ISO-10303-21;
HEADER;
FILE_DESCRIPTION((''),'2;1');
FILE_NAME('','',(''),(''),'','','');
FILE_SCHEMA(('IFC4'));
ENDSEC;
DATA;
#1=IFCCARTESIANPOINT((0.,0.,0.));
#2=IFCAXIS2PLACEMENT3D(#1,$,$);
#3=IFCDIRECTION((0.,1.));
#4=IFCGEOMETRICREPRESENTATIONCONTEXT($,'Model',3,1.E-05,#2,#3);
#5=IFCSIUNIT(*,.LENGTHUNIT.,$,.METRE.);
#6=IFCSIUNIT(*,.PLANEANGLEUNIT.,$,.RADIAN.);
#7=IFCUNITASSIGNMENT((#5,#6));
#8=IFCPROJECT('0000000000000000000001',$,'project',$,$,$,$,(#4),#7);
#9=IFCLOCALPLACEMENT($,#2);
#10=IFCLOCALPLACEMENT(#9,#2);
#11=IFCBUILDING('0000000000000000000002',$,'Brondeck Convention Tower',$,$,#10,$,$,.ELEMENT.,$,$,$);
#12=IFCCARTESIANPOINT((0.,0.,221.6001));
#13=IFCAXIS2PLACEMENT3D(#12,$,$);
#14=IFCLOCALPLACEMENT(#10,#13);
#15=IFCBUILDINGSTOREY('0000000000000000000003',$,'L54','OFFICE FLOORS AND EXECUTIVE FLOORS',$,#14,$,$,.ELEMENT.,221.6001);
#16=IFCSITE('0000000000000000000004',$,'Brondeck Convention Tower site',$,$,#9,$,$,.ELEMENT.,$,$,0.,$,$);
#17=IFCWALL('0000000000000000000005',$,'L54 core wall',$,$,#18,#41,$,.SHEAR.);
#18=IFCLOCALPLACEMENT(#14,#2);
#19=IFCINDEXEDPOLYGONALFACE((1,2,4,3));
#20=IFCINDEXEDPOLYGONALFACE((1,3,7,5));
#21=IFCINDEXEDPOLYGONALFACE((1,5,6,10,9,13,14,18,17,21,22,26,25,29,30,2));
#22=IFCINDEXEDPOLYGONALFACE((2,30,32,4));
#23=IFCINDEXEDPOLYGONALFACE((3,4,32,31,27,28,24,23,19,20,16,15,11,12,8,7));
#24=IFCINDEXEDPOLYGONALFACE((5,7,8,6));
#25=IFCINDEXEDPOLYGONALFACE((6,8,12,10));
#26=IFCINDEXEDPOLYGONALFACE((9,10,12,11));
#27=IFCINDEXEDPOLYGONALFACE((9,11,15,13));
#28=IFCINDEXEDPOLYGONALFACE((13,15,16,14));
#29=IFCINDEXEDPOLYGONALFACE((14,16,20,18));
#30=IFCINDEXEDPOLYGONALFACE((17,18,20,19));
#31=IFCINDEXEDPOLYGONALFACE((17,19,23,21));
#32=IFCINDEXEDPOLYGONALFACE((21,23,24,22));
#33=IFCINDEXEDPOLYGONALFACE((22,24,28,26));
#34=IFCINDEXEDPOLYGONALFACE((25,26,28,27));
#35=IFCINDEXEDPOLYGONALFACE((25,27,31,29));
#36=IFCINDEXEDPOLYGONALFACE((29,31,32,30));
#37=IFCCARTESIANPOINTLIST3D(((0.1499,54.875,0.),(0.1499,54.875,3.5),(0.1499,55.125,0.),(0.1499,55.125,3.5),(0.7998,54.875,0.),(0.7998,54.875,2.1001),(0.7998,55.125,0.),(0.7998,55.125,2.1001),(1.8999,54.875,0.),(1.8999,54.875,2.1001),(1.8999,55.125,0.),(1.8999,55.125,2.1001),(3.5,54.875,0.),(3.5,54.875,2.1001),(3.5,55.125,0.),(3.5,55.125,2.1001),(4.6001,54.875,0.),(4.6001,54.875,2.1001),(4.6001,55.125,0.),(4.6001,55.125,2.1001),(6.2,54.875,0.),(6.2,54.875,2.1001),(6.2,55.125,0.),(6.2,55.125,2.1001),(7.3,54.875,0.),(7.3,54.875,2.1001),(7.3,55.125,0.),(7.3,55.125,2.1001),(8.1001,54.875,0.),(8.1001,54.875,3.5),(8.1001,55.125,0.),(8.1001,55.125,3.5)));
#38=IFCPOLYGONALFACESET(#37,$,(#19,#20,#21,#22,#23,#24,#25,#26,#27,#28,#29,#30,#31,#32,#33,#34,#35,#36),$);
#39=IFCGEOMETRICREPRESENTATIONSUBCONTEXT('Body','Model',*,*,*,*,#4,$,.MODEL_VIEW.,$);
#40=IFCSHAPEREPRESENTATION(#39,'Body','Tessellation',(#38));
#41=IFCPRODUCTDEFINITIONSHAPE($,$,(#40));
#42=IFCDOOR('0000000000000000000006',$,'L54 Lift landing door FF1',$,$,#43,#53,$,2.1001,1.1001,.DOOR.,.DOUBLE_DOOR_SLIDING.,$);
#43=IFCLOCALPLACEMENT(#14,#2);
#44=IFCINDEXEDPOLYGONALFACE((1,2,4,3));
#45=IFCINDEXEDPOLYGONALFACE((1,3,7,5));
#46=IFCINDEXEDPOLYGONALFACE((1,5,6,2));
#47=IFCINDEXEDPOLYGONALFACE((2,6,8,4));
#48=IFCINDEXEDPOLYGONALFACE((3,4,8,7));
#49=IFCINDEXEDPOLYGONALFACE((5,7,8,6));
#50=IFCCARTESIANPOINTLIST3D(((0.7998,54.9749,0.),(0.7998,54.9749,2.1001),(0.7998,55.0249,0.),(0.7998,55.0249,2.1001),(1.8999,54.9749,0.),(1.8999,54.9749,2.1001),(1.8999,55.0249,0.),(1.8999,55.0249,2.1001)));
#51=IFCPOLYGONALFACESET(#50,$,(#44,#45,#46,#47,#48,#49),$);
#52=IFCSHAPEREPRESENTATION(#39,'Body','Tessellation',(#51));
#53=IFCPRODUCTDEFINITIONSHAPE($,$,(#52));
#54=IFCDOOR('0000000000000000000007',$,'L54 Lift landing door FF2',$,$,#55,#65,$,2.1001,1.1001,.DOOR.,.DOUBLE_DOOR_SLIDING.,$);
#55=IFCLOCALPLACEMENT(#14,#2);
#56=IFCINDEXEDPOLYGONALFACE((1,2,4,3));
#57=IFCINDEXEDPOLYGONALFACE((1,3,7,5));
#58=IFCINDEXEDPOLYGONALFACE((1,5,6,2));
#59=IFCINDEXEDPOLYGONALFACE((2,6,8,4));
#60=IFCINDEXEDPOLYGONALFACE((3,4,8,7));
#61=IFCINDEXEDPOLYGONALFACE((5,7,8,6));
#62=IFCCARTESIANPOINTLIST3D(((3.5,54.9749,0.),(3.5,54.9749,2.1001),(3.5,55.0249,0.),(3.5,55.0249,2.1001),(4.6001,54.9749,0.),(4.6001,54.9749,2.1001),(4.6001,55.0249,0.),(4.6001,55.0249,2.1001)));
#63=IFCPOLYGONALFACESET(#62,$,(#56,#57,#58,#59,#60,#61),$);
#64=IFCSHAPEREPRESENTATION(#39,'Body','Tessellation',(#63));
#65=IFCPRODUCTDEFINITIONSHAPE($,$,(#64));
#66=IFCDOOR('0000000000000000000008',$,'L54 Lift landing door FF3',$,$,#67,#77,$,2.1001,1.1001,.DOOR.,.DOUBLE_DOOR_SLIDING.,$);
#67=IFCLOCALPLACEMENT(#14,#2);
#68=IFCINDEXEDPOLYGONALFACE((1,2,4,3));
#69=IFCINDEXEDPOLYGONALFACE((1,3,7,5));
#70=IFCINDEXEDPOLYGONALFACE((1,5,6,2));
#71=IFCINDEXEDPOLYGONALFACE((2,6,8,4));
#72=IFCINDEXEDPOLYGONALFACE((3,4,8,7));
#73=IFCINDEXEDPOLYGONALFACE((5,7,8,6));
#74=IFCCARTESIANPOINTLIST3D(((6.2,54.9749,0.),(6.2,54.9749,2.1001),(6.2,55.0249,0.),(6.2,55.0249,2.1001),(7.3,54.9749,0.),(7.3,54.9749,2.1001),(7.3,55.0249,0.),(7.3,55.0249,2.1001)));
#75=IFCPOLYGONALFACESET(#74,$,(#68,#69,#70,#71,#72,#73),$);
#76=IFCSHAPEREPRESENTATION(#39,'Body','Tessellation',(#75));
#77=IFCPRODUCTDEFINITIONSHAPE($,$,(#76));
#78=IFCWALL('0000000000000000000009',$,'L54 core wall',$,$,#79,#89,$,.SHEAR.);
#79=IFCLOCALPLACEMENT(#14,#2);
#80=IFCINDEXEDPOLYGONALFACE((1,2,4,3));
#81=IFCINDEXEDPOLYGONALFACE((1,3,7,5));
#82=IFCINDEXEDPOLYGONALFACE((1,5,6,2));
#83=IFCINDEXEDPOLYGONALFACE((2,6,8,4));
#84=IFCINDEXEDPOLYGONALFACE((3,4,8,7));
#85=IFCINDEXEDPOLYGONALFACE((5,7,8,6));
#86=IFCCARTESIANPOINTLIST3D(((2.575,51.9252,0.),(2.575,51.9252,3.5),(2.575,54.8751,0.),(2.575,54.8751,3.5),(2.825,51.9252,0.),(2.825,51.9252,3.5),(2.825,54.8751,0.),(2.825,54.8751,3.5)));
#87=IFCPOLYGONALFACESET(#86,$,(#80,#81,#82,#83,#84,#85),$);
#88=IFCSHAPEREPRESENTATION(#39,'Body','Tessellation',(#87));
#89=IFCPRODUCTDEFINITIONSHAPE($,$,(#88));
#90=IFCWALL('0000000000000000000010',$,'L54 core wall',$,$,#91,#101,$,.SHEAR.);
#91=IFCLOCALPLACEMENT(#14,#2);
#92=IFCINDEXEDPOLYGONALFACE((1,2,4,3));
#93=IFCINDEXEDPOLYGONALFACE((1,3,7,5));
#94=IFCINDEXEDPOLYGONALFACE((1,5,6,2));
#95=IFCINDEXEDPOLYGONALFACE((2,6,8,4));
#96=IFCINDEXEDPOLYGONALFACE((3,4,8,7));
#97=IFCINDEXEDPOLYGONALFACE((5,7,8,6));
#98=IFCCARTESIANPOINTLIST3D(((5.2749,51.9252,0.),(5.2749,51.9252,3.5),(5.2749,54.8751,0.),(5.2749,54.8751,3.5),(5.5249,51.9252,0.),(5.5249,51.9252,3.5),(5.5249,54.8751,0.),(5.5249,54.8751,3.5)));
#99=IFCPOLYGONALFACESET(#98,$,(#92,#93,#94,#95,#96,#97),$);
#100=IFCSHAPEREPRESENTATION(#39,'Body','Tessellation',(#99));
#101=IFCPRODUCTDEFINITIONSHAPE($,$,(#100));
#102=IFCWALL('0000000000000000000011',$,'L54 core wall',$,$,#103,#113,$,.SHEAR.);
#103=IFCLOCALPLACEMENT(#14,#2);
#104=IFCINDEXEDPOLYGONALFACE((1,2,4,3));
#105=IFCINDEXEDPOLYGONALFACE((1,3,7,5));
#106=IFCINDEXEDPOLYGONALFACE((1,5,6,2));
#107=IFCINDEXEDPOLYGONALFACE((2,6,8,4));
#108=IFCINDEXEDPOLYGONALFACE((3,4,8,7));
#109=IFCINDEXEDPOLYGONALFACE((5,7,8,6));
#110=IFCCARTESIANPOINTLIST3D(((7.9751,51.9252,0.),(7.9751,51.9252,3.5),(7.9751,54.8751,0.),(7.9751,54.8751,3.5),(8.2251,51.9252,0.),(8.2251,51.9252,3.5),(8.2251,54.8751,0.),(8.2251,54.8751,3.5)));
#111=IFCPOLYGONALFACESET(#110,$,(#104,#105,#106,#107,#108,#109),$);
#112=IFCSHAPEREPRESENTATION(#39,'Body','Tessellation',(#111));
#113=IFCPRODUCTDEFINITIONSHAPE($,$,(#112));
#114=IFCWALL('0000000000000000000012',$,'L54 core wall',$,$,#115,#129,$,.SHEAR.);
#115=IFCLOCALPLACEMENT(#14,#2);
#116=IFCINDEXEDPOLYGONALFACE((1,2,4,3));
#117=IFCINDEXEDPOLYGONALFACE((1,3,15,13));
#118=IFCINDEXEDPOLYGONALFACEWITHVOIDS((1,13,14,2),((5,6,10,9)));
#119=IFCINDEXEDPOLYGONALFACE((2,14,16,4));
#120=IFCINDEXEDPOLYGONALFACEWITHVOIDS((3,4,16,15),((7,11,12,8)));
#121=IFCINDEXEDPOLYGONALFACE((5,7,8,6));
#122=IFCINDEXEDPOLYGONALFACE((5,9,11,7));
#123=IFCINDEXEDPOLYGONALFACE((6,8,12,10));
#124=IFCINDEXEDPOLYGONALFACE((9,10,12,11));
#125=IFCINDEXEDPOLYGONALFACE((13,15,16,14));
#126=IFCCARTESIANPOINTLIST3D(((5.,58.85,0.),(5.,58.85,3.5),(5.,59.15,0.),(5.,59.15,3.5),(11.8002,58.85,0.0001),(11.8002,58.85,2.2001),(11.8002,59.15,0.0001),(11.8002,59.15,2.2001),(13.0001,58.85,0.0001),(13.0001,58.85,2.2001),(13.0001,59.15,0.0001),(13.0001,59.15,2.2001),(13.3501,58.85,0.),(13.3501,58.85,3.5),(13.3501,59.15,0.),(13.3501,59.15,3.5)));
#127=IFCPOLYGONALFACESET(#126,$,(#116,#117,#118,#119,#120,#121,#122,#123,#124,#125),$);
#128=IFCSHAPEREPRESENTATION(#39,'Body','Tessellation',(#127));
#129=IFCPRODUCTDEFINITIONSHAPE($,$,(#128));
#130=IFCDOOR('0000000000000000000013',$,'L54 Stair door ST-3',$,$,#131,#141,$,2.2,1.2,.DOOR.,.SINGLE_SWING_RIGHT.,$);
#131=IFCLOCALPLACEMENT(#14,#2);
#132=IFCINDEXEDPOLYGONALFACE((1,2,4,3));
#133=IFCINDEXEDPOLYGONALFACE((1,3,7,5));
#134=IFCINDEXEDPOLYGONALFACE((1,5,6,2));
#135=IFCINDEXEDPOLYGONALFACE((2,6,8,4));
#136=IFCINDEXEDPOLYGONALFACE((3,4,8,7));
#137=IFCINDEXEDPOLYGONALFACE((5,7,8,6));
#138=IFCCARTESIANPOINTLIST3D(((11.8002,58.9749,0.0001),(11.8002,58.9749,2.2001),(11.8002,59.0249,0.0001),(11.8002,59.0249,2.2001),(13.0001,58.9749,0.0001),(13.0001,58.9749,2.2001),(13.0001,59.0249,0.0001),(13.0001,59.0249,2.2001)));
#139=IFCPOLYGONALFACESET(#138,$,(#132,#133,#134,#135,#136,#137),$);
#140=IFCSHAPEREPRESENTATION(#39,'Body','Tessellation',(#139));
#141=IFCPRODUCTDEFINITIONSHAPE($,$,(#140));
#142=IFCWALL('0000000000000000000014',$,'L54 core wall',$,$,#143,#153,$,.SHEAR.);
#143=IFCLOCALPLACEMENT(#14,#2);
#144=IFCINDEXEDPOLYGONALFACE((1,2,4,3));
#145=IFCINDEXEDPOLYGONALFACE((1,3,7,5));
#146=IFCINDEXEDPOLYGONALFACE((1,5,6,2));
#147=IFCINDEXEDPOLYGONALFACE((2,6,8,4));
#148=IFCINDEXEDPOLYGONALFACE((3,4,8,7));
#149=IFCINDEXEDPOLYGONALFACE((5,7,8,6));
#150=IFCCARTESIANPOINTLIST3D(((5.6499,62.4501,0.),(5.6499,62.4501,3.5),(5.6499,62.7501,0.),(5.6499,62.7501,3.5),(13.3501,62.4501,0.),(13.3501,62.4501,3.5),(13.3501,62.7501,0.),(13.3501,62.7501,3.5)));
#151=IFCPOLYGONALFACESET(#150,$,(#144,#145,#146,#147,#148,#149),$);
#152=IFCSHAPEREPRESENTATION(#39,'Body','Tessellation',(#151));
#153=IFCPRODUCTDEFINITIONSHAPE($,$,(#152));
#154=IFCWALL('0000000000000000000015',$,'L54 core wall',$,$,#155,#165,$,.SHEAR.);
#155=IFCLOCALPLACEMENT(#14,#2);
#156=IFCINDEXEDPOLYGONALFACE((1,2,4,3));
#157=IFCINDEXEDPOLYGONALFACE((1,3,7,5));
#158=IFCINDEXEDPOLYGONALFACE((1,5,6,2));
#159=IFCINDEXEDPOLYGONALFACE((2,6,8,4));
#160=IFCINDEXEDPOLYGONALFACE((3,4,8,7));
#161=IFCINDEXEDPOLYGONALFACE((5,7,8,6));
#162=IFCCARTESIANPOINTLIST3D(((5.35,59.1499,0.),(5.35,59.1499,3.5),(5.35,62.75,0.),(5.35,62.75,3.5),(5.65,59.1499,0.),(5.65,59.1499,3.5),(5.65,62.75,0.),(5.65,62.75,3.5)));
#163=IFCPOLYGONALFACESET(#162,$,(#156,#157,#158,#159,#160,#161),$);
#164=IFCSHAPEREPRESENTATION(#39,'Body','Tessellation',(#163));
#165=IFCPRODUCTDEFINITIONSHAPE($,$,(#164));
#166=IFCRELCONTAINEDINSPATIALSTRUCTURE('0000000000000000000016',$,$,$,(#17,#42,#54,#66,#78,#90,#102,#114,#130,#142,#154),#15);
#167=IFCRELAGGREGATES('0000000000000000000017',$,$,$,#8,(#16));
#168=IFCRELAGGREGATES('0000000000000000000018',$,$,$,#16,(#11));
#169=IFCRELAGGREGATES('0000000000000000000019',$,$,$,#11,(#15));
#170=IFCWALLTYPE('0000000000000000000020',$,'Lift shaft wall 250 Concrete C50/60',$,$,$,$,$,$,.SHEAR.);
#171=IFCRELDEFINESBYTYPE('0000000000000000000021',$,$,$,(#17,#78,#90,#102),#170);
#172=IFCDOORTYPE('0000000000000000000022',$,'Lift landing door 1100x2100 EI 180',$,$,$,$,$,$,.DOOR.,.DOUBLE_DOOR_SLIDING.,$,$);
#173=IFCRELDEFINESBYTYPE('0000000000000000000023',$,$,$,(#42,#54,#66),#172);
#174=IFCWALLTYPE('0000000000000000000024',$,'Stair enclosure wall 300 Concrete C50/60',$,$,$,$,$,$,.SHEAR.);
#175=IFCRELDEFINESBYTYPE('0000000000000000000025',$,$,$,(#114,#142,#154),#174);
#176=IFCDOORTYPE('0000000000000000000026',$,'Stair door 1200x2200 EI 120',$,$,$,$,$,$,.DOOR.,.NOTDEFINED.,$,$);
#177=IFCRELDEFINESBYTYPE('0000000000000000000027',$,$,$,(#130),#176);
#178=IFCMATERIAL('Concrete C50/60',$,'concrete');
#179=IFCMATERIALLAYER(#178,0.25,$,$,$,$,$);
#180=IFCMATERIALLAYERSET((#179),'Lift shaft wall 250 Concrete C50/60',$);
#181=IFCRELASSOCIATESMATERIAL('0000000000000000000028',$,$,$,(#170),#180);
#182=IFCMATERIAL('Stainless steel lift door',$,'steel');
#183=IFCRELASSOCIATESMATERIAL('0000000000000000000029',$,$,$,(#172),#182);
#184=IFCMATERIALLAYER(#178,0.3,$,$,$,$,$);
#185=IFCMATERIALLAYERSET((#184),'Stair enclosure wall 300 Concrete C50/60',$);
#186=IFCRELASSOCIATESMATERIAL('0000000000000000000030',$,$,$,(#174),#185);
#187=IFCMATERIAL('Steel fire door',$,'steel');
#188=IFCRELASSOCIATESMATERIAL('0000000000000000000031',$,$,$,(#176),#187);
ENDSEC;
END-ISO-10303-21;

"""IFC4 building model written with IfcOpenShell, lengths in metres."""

from ifc_helpers import new_model, si_unit, direction, frame, frame_2d, origin, place, context, subcontext, project, spatial, rectangle, extrude, material, layer, layer_set, type_object, element, fill, save


model = new_model("IFC4")

# Units and contexts
model_context = context("Model", 3, precision=1e-05, world=origin(), true_north=direction((0.0, 1.0)))
body_context = subcontext(model_context, "Body", "Model", "MODEL_VIEW")
ifc_project = project(units=[si_unit("LENGTHUNIT", "METRE"), si_unit("PLANEANGLEUNIT", "RADIAN")], contexts=[model_context])

# Site, building, storey
site_placement = place(None, origin())
site = spatial("IfcSite", under=ifc_project, at=site_placement, Name="Brondeck Convention Tower site", CompositionType="ELEMENT", RefElevation=0.0)
building_placement = place(site_placement, origin())
building = spatial("IfcBuilding", under=site, at=building_placement, Name="Brondeck Convention Tower", CompositionType="ELEMENT")
storey_placement = place(building_placement, frame((0.0, 0.0, 221.6001)))
storey = spatial("IfcBuildingStorey", under=building, at=storey_placement, Name="L54", Description="OFFICE FLOORS AND EXECUTIVE FLOORS", CompositionType="ELEMENT", Elevation=221.6001)

# Shared definitions
ifc_material_1 = material(Name="Concrete C50/60", Category="concrete")

# Shared definitions
ifc_material_2 = material(Name="Steel fire door", Category="steel")

# Wall, openings, doors
ifc_layer_1 = layer(ifc_material_1, 0.25)
ifc_layer_set_1 = layer_set([ifc_layer_1], Name="Lift shaft wall 250 Concrete C50/60")
wall_type_1 = type_object("IfcWallType", Name="Lift shaft wall 250 Concrete C50/60", PredefinedType="SHEAR", material=ifc_layer_set_1)
wall_1_placement = place(storey_placement, frame((0.1499, 55.0, 0.0), z_axis=(0.0, 0.0, 1.0), x_axis=(1.0, 0.0, 0.0)))
wall_1 = element("IfcWall", 1, at=wall_1_placement, inside=storey, type_object=wall_type_1, Name="L54 core wall", PredefinedType="SHEAR", context=body_context, shape_type="SweptSolid", body=[
    extrude(rectangle(XDim=7.9502, YDim=0.25, at=frame_2d((3.9751, 0.0))), origin(), (0.0, 0.0, 1.0), 3.5),
])
opening_1_placement = place(wall_1_placement, frame((0.6499, 0.0, 0.0)))
opening_1 = element("IfcOpeningElement", 2, at=opening_1_placement, cuts=wall_1, PredefinedType="OPENING", context=body_context, shape_type="SweptSolid", body=[
    extrude(rectangle(XDim=1.1001, YDim=2.1001, at=frame_2d((0.55, 1.05))), frame((0.0, 0.135, 0.0), z_axis=(0.0, -1.0, 0.0), x_axis=(1.0, 0.0, 0.0)), (0.0, 0.0, 1.0), 0.27),
])
opening_2_placement = place(wall_1_placement, frame((3.3501, 0.0, 0.0)))
opening_2 = element("IfcOpeningElement", 3, at=opening_2_placement, cuts=wall_1, PredefinedType="OPENING", context=body_context, shape_type="SweptSolid", body=[
    extrude(rectangle(XDim=1.1001, YDim=2.1001, at=frame_2d((0.55, 1.05))), frame((0.0, 0.135, 0.0), z_axis=(0.0, -1.0, 0.0), x_axis=(1.0, 0.0, 0.0)), (0.0, 0.0, 1.0), 0.27),
])
opening_3_placement = place(wall_1_placement, frame((6.05, 0.0, 0.0)))
opening_3 = element("IfcOpeningElement", 4, at=opening_3_placement, cuts=wall_1, PredefinedType="OPENING", context=body_context, shape_type="SweptSolid", body=[
    extrude(rectangle(XDim=1.1001, YDim=2.1001, at=frame_2d((0.55, 1.05))), frame((0.0, 0.135, 0.0), z_axis=(0.0, -1.0, 0.0), x_axis=(1.0, 0.0, 0.0)), (0.0, 0.0, 1.0), 0.27),
])
ifc_material_3 = material(Name="Stainless steel lift door", Category="steel")
door_type_1 = type_object("IfcDoorType", Name="Lift landing door 1100x2100 EI 180", OperationType="DOUBLE_DOOR_SLIDING", PredefinedType="DOOR", material=ifc_material_3)
door_1_placement = place(opening_1_placement, origin())
door_1 = element("IfcDoor", 5, at=door_1_placement, inside=storey, type_object=door_type_1, Name="L54 Lift landing door FF1", OperationType="DOUBLE_DOOR_SLIDING", OverallHeight=2.1001, OverallWidth=1.1001, PredefinedType="DOOR", context=body_context, shape_type="SweptSolid", body=[
    extrude(rectangle(XDim=1.1001, YDim=2.1001, at=frame_2d((0.55, 1.05))), frame((0.0, 0.0249, 0.0), z_axis=(0.0, -1.0, 0.0), x_axis=(1.0, 0.0, 0.0)), (0.0, 0.0, 1.0), 0.05),
])
fill(opening_1, door_1)
door_2_placement = place(opening_2_placement, origin())
door_2 = element("IfcDoor", 6, at=door_2_placement, inside=storey, type_object=door_type_1, Name="L54 Lift landing door FF2", OperationType="DOUBLE_DOOR_SLIDING", OverallHeight=2.1001, OverallWidth=1.1001, PredefinedType="DOOR", context=body_context, shape_type="SweptSolid", body=[
    extrude(rectangle(XDim=1.1001, YDim=2.1001, at=frame_2d((0.55, 1.05))), frame((0.0, 0.0249, 0.0), z_axis=(0.0, -1.0, 0.0), x_axis=(1.0, 0.0, 0.0)), (0.0, 0.0, 1.0), 0.05),
])
fill(opening_2, door_2)
door_3_placement = place(opening_3_placement, origin())
door_3 = element("IfcDoor", 7, at=door_3_placement, inside=storey, type_object=door_type_1, Name="L54 Lift landing door FF3", OperationType="DOUBLE_DOOR_SLIDING", OverallHeight=2.1001, OverallWidth=1.1001, PredefinedType="DOOR", context=body_context, shape_type="SweptSolid", body=[
    extrude(rectangle(XDim=1.1001, YDim=2.1001, at=frame_2d((0.55, 1.05))), frame((0.0, 0.0249, 0.0), z_axis=(0.0, -1.0, 0.0), x_axis=(1.0, 0.0, 0.0)), (0.0, 0.0, 1.0), 0.05),
])
fill(opening_3, door_3)

# Walls
for number, where, z_axis, x_axis, name in (
    (8, (2.7, 51.925, 0.0), (0.0, 0.0, 1.0), (0.0, 1.0, 0.0), "L54 core wall"),
    (9, (5.3999, 51.925, 0.0), (0.0, 0.0, 1.0), (0.0, 1.0, 0.0), "L54 core wall"),
    (10, (8.1001, 51.925, 0.0), (0.0, 0.0, 1.0), (0.0, 1.0, 0.0), "L54 core wall"),
):
    element("IfcWall", number, at=place(storey_placement, frame(where, z_axis=z_axis, x_axis=x_axis)), inside=storey, type_object=wall_type_1, Name=name, PredefinedType="SHEAR", context=body_context, shape_type="SweptSolid", body=[
        extrude(rectangle(XDim=2.95, YDim=0.25, at=frame_2d((1.4751, 0.0))), origin(), (0.0, 0.0, 1.0), 3.5),
    ])

# Wall, opening, door
ifc_layer_2 = layer(ifc_material_1, 0.3)
ifc_layer_set_2 = layer_set([ifc_layer_2], Name="Stair enclosure wall 300 Concrete C50/60")
wall_type_2 = type_object("IfcWallType", Name="Stair enclosure wall 300 Concrete C50/60", PredefinedType="SHEAR", material=ifc_layer_set_2)
wall_2_placement = place(storey_placement, frame((5.0, 59.0, 0.0), z_axis=(0.0, 0.0, 1.0), x_axis=(1.0, 0.0, 0.0)))
wall_2 = element("IfcWall", 11, at=wall_2_placement, inside=storey, type_object=wall_type_2, Name="L54 core wall", PredefinedType="SHEAR", context=body_context, shape_type="SweptSolid", body=[
    extrude(rectangle(XDim=8.3501, YDim=0.3, at=frame_2d((4.175, 0.0))), origin(), (0.0, 0.0, 1.0), 3.5),
])
opening_4_placement = place(wall_2_placement, frame((6.8, 0.0, 0.0)))
opening_4 = element("IfcOpeningElement", 12, at=opening_4_placement, cuts=wall_2, PredefinedType="OPENING", context=body_context, shape_type="SweptSolid", body=[
    extrude(rectangle(XDim=1.2, YDim=2.2, at=frame_2d((0.6001, 1.1001))), frame((0.0, 0.1599, 0.0), z_axis=(0.0, -1.0, 0.0), x_axis=(1.0, 0.0, 0.0)), (0.0, 0.0, 1.0), 0.3201),
])
door_type_2 = type_object("IfcDoorType", Name="Stair door 1200x2200 EI 120", OperationType="NOTDEFINED", PredefinedType="DOOR", material=ifc_material_2)
door_4_placement = place(opening_4_placement, origin())
door_4 = element("IfcDoor", 13, at=door_4_placement, inside=storey, type_object=door_type_2, Name="L54 Stair door ST-3", OperationType="SINGLE_SWING_RIGHT", OverallHeight=2.2, OverallWidth=1.2, PredefinedType="DOOR", context=body_context, shape_type="SweptSolid", body=[
    extrude(rectangle(XDim=1.2, YDim=2.2, at=frame_2d((0.6001, 1.1001))), frame((0.0, 0.0249, 0.0), z_axis=(0.0, -1.0, 0.0), x_axis=(1.0, 0.0, 0.0)), (0.0, 0.0, 1.0), 0.05),
])
fill(opening_4, door_4)

# Walls
wall_3_placement = place(storey_placement, frame((5.6499, 62.6001, 0.0), z_axis=(0.0, 0.0, 1.0), x_axis=(1.0, 0.0, 0.0)))
element("IfcWall", 14, at=wall_3_placement, inside=storey, type_object=wall_type_2, Name="L54 core wall", PredefinedType="SHEAR", context=body_context, shape_type="SweptSolid", body=[
    extrude(rectangle(XDim=7.7002, YDim=0.3, at=frame_2d((3.8501, 0.0))), origin(), (0.0, 0.0, 1.0), 3.5),
])
wall_4_placement = place(storey_placement, frame((5.5, 59.1499, 0.0), z_axis=(0.0, 0.0, 1.0), x_axis=(0.0, 1.0, 0.0)))
element("IfcWall", 15, at=wall_4_placement, inside=storey, type_object=wall_type_2, Name="L54 core wall", PredefinedType="SHEAR", context=body_context, shape_type="SweptSolid", body=[
    extrude(rectangle(XDim=3.6001, YDim=0.3, at=frame_2d((1.8, 0.0))), origin(), (0.0, 0.0, 1.0), 3.5),
])

save(model, "model.ifc")
